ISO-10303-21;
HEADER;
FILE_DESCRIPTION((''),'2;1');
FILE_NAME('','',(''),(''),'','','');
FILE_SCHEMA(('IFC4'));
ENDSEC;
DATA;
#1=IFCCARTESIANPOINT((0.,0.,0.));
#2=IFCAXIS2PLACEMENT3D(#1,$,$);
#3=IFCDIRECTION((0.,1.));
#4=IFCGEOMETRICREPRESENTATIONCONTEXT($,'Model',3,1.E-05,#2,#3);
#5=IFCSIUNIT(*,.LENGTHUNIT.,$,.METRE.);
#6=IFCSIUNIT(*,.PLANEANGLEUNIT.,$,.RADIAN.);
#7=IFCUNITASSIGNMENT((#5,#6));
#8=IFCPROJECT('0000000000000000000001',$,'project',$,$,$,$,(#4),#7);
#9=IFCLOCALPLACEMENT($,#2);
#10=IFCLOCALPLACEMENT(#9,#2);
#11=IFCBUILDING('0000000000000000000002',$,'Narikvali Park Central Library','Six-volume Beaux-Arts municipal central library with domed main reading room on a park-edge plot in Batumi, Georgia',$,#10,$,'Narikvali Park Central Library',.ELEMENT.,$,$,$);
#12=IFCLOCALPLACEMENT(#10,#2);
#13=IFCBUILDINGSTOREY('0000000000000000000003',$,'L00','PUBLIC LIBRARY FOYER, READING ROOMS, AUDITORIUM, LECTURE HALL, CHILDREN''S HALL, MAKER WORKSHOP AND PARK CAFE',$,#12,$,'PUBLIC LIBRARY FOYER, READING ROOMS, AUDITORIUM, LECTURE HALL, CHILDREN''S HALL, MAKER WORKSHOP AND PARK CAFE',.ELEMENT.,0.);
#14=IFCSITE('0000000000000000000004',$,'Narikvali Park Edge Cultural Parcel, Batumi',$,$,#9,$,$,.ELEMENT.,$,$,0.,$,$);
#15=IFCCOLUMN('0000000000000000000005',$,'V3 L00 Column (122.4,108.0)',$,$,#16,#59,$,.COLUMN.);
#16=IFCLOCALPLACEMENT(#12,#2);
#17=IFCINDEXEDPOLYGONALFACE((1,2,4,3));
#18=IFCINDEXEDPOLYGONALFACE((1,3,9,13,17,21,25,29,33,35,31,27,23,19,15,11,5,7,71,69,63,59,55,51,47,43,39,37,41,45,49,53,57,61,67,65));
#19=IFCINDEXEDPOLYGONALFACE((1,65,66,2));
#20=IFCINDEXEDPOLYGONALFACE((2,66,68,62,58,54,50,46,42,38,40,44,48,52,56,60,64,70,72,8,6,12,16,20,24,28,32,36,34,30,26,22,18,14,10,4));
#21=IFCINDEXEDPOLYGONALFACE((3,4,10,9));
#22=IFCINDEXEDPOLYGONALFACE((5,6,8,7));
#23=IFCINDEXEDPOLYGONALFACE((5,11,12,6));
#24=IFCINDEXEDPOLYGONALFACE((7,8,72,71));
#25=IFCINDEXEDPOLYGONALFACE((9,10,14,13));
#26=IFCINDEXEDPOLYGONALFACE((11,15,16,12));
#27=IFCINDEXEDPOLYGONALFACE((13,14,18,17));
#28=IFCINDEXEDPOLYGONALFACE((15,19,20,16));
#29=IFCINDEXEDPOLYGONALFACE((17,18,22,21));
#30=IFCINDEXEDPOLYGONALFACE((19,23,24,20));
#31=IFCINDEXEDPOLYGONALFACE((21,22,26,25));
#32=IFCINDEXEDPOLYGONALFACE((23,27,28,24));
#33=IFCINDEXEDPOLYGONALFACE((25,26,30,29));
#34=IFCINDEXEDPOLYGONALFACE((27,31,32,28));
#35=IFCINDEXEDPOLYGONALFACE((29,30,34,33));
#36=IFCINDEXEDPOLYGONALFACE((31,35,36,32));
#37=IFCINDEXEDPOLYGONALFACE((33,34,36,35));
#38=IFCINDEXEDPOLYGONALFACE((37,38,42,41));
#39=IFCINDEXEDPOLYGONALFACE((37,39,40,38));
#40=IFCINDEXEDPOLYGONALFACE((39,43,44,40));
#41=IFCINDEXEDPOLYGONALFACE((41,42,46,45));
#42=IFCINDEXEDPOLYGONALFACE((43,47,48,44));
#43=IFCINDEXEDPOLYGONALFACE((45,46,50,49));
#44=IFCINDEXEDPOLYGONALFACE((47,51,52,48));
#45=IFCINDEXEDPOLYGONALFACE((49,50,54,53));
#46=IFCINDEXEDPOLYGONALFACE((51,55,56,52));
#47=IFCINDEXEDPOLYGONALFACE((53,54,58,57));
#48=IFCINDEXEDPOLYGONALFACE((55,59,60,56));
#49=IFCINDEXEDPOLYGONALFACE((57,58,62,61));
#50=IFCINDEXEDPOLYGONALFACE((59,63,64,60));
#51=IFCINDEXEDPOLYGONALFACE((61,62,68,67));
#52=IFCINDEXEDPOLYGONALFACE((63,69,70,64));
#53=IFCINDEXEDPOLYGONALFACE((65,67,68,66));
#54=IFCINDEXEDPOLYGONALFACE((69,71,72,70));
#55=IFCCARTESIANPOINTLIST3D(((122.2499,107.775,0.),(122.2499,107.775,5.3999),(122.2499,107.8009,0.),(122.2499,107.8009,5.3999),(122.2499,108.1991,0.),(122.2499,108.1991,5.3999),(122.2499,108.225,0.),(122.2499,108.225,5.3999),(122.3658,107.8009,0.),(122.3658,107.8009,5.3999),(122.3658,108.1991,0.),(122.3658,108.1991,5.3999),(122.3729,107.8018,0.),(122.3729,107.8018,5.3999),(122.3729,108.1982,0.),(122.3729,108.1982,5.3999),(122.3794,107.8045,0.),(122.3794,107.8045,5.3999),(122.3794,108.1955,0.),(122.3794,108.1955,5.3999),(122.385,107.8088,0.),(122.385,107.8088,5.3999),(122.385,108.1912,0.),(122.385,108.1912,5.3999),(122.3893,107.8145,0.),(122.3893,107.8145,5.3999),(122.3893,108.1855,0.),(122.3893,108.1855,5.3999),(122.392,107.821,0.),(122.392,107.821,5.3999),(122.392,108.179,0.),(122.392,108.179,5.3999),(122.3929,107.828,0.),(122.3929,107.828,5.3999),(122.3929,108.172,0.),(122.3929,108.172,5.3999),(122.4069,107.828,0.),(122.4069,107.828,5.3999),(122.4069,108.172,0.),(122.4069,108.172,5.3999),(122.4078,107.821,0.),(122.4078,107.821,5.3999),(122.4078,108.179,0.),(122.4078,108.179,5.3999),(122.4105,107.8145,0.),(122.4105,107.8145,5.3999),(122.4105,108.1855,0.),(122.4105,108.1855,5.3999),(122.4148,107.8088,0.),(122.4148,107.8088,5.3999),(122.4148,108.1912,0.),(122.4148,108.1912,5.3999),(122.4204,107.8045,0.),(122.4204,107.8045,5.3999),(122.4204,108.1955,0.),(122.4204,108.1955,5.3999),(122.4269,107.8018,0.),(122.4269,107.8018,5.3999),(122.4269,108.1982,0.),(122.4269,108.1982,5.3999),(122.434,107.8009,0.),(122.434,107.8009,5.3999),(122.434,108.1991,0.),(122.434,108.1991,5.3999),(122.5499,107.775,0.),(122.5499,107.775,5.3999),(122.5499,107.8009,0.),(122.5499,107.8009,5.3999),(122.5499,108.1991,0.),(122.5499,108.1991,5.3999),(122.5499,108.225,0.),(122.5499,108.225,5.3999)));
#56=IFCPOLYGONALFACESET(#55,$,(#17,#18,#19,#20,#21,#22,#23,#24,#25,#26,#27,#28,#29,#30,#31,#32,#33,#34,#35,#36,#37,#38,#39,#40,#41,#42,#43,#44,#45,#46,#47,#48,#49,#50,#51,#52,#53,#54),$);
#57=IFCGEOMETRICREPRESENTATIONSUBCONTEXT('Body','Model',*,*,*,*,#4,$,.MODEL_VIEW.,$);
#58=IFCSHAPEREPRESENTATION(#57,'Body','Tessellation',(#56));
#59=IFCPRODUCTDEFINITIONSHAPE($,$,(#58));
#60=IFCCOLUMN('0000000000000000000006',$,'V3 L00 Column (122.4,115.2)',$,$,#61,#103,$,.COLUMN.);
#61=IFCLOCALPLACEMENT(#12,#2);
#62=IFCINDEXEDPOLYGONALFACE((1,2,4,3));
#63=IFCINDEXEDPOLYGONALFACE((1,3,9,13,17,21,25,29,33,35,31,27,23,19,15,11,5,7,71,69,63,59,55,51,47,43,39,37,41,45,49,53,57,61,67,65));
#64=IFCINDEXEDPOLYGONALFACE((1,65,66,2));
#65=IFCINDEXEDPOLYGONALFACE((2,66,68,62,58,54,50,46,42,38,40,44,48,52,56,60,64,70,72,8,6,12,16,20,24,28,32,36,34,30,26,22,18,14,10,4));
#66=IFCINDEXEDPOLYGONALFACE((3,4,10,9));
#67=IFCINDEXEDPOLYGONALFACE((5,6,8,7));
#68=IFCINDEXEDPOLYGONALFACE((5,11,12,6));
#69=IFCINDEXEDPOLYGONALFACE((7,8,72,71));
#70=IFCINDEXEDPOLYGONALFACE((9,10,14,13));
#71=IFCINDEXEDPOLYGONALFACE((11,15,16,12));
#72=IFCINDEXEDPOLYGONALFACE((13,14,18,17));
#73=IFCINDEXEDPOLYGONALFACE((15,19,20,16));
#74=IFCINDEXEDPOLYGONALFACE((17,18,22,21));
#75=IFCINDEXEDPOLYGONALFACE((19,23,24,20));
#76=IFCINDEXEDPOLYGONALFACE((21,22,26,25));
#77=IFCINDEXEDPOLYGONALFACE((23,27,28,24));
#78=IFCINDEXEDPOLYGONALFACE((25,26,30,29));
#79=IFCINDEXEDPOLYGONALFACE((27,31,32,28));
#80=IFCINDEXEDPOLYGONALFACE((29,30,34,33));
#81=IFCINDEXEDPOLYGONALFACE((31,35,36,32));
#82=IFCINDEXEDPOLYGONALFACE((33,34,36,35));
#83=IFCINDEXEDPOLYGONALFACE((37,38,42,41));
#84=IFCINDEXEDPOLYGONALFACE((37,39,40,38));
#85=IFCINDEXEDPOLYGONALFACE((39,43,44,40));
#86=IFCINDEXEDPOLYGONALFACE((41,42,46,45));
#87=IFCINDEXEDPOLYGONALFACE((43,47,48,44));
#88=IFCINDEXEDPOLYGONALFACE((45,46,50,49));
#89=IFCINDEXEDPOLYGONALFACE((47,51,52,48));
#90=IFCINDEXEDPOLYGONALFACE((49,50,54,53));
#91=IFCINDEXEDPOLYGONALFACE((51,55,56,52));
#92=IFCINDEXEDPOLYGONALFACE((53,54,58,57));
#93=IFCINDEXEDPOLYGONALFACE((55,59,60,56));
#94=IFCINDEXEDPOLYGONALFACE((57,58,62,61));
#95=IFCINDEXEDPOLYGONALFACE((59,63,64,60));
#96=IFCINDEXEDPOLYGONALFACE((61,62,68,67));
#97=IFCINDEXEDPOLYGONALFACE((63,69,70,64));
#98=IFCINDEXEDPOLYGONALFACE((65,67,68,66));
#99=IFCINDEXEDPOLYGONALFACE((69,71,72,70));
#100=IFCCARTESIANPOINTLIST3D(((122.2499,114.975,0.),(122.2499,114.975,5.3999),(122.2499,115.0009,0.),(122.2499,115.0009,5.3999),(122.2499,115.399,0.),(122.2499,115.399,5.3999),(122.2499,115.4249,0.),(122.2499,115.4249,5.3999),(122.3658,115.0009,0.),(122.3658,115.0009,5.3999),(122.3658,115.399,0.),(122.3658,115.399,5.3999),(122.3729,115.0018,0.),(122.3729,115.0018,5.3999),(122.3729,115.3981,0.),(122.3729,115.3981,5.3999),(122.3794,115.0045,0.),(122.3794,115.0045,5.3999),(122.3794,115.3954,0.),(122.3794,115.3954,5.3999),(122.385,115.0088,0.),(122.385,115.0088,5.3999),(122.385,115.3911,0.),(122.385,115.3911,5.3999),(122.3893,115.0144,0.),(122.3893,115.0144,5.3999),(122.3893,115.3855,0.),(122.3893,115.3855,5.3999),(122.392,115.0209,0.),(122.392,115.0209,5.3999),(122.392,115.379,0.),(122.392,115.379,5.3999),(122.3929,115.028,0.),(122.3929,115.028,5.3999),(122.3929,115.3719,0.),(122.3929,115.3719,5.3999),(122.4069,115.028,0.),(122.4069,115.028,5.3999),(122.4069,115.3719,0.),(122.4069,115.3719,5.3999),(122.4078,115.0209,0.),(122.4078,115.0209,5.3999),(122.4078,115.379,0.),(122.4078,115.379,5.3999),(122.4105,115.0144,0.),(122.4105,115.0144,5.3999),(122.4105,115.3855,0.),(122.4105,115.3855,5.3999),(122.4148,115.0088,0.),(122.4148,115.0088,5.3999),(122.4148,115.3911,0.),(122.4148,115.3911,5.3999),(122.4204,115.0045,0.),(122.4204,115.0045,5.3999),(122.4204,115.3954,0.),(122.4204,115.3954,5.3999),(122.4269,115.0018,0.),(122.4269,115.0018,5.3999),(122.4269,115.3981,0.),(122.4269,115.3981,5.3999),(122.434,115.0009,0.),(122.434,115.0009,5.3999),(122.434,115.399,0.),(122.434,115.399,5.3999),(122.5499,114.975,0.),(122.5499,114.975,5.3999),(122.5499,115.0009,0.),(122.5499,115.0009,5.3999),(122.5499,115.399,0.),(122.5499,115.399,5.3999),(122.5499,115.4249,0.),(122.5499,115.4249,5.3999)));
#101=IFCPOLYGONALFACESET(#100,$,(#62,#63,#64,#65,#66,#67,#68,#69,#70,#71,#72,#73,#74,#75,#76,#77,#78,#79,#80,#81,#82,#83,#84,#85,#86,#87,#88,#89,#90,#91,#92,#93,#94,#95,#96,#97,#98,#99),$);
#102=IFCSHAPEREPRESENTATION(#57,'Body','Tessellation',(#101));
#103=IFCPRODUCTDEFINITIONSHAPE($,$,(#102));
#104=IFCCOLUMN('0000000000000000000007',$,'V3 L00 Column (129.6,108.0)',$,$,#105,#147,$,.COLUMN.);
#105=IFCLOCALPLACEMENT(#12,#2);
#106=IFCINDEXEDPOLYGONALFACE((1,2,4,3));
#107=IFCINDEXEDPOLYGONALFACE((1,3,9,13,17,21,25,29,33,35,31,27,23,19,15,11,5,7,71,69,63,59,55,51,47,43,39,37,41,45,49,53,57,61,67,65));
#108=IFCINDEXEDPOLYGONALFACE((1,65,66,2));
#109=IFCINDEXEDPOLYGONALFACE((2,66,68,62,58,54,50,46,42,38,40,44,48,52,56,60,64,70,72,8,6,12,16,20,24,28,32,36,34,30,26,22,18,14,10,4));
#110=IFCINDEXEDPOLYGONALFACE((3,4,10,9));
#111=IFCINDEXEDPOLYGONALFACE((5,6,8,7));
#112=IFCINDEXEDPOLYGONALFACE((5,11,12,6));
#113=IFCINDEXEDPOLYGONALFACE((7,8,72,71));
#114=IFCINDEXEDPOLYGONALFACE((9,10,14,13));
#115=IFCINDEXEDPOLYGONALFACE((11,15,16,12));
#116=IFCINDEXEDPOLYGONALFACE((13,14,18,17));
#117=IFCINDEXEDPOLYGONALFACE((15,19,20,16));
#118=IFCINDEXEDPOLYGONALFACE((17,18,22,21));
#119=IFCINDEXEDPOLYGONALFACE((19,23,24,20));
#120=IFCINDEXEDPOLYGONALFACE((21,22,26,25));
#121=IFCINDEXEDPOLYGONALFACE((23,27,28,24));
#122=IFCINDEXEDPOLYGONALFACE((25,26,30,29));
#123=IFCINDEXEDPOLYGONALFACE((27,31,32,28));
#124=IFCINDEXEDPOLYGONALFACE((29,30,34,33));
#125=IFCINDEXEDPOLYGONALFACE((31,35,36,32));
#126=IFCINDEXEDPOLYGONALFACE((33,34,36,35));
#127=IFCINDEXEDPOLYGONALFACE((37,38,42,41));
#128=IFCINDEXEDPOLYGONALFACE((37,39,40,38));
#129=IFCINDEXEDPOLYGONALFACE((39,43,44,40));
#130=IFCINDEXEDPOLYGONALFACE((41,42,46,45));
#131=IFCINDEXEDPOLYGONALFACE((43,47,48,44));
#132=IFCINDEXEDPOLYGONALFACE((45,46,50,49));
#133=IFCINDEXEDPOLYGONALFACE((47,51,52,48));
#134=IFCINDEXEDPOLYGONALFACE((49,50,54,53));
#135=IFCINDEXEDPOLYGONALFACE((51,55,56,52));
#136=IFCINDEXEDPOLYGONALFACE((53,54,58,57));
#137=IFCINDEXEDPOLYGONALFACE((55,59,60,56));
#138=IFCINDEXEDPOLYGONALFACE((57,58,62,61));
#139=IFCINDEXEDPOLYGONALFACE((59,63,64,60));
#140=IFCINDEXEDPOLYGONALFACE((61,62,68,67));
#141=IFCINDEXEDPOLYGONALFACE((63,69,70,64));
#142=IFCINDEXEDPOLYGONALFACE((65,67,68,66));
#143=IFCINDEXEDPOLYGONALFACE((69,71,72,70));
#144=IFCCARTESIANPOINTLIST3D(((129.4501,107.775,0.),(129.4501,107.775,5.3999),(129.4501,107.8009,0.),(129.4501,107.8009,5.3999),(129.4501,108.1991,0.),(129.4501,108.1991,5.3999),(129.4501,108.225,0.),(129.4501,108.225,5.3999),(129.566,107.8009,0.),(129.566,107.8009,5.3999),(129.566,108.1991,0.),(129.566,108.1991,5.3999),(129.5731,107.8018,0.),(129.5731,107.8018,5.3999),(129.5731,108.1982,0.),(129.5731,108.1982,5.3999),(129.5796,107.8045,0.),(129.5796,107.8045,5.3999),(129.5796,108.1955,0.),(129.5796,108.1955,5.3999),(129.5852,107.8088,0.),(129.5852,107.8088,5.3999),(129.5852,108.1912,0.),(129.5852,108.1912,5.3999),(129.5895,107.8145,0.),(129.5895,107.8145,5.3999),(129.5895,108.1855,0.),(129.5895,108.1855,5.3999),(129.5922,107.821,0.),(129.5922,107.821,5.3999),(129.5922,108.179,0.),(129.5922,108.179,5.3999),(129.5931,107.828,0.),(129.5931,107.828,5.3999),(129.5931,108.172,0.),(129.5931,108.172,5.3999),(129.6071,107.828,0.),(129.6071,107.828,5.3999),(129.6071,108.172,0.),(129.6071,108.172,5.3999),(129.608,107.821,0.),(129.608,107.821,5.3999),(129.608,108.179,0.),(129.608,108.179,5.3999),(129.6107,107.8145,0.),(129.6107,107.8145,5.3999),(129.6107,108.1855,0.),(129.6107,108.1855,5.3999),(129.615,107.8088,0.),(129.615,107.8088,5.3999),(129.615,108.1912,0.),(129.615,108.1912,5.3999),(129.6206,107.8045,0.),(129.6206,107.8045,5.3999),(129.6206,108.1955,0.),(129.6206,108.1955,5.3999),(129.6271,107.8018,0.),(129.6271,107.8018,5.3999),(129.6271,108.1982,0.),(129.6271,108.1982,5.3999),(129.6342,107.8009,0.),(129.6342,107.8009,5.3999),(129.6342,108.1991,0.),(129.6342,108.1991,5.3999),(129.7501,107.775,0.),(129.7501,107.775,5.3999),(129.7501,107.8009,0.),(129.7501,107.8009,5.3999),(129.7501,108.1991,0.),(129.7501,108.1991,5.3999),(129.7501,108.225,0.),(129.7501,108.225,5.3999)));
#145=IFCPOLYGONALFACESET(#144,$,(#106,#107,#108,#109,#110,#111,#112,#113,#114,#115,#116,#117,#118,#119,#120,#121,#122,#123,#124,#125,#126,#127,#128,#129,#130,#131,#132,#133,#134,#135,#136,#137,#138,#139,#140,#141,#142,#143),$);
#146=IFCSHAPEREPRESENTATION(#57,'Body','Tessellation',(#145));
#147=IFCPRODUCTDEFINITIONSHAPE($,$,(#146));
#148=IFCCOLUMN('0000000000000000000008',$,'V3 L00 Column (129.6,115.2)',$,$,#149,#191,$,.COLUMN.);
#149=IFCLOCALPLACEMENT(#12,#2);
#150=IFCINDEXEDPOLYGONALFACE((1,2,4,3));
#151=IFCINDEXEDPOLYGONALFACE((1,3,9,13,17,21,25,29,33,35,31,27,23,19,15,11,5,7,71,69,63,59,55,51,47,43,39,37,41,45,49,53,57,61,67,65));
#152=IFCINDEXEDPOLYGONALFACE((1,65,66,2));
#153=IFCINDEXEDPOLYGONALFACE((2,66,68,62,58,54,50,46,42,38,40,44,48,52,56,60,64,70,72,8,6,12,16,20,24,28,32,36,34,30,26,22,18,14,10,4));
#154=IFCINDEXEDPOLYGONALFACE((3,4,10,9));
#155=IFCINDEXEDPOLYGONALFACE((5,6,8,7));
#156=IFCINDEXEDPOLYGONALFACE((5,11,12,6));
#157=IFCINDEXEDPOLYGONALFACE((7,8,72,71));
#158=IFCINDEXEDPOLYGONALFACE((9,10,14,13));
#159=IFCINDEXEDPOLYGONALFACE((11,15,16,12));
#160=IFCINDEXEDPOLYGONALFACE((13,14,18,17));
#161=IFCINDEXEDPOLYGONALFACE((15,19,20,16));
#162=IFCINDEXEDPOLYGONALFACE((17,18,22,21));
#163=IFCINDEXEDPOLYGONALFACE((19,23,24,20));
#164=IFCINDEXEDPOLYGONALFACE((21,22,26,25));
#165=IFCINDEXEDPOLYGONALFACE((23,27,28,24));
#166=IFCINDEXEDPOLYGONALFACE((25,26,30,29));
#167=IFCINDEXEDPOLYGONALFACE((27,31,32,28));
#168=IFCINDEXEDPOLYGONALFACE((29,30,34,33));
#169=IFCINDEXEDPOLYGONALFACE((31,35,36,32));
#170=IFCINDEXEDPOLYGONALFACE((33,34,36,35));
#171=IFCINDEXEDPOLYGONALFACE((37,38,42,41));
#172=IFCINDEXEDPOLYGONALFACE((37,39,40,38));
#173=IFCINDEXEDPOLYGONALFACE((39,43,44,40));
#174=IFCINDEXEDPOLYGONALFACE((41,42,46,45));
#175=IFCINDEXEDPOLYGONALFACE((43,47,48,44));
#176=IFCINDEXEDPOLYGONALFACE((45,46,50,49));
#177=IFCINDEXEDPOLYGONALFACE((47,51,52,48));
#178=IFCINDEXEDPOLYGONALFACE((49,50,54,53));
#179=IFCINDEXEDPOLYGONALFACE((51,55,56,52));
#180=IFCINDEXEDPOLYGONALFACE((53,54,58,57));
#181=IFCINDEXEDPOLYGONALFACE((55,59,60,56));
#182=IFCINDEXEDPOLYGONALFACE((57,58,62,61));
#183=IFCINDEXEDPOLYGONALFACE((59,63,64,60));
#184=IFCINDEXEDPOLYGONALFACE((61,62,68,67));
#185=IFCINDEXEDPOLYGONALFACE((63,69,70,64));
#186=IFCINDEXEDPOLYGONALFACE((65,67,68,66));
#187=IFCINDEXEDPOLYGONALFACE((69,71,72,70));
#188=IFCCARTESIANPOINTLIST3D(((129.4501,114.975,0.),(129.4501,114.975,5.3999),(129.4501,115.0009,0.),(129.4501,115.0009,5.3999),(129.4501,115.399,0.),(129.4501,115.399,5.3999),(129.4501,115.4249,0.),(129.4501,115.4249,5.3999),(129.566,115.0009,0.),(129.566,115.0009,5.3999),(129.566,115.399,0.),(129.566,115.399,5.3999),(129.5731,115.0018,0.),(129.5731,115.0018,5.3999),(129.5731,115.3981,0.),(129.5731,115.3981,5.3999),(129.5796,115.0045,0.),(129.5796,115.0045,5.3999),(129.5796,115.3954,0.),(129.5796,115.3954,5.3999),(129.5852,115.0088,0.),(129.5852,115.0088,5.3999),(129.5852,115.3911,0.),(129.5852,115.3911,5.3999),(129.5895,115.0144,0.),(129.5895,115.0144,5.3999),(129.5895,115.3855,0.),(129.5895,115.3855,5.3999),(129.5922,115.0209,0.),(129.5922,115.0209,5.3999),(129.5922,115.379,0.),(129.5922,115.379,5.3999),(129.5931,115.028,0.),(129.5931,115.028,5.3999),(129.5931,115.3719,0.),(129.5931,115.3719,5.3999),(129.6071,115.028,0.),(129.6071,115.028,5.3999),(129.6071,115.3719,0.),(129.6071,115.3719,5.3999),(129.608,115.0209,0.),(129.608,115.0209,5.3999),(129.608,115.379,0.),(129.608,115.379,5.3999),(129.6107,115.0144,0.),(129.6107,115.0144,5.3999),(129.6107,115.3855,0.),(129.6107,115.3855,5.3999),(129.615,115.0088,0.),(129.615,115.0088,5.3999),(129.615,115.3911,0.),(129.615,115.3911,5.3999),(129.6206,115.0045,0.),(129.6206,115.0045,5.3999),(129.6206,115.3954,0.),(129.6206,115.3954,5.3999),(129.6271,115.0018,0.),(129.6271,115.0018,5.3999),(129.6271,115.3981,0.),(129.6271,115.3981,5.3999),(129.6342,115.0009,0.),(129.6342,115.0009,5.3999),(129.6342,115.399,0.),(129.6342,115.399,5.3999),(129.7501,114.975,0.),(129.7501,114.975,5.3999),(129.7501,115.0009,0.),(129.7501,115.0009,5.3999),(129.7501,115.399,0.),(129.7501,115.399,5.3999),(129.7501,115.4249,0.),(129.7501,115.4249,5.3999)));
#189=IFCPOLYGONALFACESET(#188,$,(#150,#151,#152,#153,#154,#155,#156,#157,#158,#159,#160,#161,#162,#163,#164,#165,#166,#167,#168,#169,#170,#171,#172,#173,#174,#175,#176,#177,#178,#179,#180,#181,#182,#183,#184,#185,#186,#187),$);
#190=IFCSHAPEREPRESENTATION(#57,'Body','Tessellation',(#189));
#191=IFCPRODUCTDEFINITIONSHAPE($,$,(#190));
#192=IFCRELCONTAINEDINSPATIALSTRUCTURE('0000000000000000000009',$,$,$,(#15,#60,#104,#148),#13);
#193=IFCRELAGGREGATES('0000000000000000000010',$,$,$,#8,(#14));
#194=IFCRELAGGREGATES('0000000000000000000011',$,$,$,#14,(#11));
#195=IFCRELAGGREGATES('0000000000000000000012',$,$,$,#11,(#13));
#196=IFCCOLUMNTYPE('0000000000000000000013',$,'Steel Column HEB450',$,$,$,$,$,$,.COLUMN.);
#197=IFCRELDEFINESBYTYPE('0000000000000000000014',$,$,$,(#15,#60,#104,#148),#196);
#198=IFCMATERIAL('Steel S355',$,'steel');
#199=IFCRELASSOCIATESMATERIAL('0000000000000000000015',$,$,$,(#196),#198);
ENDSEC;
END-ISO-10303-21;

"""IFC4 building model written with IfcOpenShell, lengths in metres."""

from ifc_helpers import new_model, si_unit, direction, frame, origin, origin_2d, place, context, subcontext, project, spatial, i_section, extrude, material, material_profile, profile_set, type_object, element, save


model = new_model("IFC4")

# Units and contexts
model_context = context("Model", 3, precision=1e-05, world=origin(), true_north=direction((0.0, 1.0)))
body_context = subcontext(model_context, "Body", "Model", "MODEL_VIEW")
ifc_project = project(units=[si_unit("LENGTHUNIT", "METRE"), si_unit("PLANEANGLEUNIT", "RADIAN")], contexts=[model_context])

# Site, building, storey
site_placement = place(None, origin())
site = spatial("IfcSite", under=ifc_project, at=site_placement, Name="Narikvali Park Edge Cultural Parcel, Batumi", CompositionType="ELEMENT", RefElevation=0.0)
building_placement = place(site_placement, origin())
building = spatial("IfcBuilding", under=site, at=building_placement, Name="Narikvali Park Central Library", Description="Six-volume Beaux-Arts municipal central library with domed main reading room on a park-edge plot in Batumi, Georgia", LongName="Narikvali Park Central Library", CompositionType="ELEMENT")
storey_placement = place(building_placement, origin())
storey = spatial("IfcBuildingStorey", under=building, at=storey_placement, Name="L00", Description="PUBLIC LIBRARY FOYER, READING ROOMS, AUDITORIUM, LECTURE HALL, CHILDREN'S HALL, MAKER WORKSHOP AND PARK CAFE", LongName="PUBLIC LIBRARY FOYER, READING ROOMS, AUDITORIUM, LECTURE HALL, CHILDREN'S HALL, MAKER WORKSHOP AND PARK CAFE", CompositionType="ELEMENT", Elevation=0.0)

# Columns
ifc_material_1 = material(Name="Steel S355", Category="steel")
ifc_material_profile_1 = material_profile(ifc_material_1, i_section(OverallWidth=0.3, OverallDepth=0.45, WebThickness=0.0139, FlangeThickness=0.0259, FilletRadius=0.0271, at=origin_2d()), Name="HEB 450")
ifc_profile_set_1 = profile_set([ifc_material_profile_1], Name="Steel S355")
column_type = type_object("IfcColumnType", Name="Steel Column HEB450", PredefinedType="COLUMN", material=ifc_profile_set_1)
for number, where, z_axis, x_axis, name in (
    (1, (122.3999, 108.0, 0.0), (0.0, 0.0, 1.0), (1.0, 0.0, 0.0), "V3 L00 Column (122.4,108.0)"),
    (2, (122.3999, 115.2, 0.0), (0.0, 0.0, 1.0), (1.0, 0.0, 0.0), "V3 L00 Column (122.4,115.2)"),
    (3, (129.6001, 108.0, 0.0), (0.0, 0.0, 1.0), (1.0, 0.0, 0.0), "V3 L00 Column (129.6,108.0)"),
    (4, (129.6001, 115.2, 0.0), (0.0, 0.0, 1.0), (1.0, 0.0, 0.0), "V3 L00 Column (129.6,115.2)"),
):
    element("IfcColumn", number, at=place(storey_placement, frame(where, z_axis=z_axis, x_axis=x_axis)), inside=storey, type_object=column_type, Name=name, PredefinedType="COLUMN", context=body_context, shape_type="SweptSolid", body=[
        extrude(i_section(OverallWidth=0.3, OverallDepth=0.45, WebThickness=0.0139, FlangeThickness=0.0259, FilletRadius=0.0271, at=origin_2d()), origin(), (0.0, 0.0, 1.0), 5.3999),
    ])

save(model, "model.ifc")
